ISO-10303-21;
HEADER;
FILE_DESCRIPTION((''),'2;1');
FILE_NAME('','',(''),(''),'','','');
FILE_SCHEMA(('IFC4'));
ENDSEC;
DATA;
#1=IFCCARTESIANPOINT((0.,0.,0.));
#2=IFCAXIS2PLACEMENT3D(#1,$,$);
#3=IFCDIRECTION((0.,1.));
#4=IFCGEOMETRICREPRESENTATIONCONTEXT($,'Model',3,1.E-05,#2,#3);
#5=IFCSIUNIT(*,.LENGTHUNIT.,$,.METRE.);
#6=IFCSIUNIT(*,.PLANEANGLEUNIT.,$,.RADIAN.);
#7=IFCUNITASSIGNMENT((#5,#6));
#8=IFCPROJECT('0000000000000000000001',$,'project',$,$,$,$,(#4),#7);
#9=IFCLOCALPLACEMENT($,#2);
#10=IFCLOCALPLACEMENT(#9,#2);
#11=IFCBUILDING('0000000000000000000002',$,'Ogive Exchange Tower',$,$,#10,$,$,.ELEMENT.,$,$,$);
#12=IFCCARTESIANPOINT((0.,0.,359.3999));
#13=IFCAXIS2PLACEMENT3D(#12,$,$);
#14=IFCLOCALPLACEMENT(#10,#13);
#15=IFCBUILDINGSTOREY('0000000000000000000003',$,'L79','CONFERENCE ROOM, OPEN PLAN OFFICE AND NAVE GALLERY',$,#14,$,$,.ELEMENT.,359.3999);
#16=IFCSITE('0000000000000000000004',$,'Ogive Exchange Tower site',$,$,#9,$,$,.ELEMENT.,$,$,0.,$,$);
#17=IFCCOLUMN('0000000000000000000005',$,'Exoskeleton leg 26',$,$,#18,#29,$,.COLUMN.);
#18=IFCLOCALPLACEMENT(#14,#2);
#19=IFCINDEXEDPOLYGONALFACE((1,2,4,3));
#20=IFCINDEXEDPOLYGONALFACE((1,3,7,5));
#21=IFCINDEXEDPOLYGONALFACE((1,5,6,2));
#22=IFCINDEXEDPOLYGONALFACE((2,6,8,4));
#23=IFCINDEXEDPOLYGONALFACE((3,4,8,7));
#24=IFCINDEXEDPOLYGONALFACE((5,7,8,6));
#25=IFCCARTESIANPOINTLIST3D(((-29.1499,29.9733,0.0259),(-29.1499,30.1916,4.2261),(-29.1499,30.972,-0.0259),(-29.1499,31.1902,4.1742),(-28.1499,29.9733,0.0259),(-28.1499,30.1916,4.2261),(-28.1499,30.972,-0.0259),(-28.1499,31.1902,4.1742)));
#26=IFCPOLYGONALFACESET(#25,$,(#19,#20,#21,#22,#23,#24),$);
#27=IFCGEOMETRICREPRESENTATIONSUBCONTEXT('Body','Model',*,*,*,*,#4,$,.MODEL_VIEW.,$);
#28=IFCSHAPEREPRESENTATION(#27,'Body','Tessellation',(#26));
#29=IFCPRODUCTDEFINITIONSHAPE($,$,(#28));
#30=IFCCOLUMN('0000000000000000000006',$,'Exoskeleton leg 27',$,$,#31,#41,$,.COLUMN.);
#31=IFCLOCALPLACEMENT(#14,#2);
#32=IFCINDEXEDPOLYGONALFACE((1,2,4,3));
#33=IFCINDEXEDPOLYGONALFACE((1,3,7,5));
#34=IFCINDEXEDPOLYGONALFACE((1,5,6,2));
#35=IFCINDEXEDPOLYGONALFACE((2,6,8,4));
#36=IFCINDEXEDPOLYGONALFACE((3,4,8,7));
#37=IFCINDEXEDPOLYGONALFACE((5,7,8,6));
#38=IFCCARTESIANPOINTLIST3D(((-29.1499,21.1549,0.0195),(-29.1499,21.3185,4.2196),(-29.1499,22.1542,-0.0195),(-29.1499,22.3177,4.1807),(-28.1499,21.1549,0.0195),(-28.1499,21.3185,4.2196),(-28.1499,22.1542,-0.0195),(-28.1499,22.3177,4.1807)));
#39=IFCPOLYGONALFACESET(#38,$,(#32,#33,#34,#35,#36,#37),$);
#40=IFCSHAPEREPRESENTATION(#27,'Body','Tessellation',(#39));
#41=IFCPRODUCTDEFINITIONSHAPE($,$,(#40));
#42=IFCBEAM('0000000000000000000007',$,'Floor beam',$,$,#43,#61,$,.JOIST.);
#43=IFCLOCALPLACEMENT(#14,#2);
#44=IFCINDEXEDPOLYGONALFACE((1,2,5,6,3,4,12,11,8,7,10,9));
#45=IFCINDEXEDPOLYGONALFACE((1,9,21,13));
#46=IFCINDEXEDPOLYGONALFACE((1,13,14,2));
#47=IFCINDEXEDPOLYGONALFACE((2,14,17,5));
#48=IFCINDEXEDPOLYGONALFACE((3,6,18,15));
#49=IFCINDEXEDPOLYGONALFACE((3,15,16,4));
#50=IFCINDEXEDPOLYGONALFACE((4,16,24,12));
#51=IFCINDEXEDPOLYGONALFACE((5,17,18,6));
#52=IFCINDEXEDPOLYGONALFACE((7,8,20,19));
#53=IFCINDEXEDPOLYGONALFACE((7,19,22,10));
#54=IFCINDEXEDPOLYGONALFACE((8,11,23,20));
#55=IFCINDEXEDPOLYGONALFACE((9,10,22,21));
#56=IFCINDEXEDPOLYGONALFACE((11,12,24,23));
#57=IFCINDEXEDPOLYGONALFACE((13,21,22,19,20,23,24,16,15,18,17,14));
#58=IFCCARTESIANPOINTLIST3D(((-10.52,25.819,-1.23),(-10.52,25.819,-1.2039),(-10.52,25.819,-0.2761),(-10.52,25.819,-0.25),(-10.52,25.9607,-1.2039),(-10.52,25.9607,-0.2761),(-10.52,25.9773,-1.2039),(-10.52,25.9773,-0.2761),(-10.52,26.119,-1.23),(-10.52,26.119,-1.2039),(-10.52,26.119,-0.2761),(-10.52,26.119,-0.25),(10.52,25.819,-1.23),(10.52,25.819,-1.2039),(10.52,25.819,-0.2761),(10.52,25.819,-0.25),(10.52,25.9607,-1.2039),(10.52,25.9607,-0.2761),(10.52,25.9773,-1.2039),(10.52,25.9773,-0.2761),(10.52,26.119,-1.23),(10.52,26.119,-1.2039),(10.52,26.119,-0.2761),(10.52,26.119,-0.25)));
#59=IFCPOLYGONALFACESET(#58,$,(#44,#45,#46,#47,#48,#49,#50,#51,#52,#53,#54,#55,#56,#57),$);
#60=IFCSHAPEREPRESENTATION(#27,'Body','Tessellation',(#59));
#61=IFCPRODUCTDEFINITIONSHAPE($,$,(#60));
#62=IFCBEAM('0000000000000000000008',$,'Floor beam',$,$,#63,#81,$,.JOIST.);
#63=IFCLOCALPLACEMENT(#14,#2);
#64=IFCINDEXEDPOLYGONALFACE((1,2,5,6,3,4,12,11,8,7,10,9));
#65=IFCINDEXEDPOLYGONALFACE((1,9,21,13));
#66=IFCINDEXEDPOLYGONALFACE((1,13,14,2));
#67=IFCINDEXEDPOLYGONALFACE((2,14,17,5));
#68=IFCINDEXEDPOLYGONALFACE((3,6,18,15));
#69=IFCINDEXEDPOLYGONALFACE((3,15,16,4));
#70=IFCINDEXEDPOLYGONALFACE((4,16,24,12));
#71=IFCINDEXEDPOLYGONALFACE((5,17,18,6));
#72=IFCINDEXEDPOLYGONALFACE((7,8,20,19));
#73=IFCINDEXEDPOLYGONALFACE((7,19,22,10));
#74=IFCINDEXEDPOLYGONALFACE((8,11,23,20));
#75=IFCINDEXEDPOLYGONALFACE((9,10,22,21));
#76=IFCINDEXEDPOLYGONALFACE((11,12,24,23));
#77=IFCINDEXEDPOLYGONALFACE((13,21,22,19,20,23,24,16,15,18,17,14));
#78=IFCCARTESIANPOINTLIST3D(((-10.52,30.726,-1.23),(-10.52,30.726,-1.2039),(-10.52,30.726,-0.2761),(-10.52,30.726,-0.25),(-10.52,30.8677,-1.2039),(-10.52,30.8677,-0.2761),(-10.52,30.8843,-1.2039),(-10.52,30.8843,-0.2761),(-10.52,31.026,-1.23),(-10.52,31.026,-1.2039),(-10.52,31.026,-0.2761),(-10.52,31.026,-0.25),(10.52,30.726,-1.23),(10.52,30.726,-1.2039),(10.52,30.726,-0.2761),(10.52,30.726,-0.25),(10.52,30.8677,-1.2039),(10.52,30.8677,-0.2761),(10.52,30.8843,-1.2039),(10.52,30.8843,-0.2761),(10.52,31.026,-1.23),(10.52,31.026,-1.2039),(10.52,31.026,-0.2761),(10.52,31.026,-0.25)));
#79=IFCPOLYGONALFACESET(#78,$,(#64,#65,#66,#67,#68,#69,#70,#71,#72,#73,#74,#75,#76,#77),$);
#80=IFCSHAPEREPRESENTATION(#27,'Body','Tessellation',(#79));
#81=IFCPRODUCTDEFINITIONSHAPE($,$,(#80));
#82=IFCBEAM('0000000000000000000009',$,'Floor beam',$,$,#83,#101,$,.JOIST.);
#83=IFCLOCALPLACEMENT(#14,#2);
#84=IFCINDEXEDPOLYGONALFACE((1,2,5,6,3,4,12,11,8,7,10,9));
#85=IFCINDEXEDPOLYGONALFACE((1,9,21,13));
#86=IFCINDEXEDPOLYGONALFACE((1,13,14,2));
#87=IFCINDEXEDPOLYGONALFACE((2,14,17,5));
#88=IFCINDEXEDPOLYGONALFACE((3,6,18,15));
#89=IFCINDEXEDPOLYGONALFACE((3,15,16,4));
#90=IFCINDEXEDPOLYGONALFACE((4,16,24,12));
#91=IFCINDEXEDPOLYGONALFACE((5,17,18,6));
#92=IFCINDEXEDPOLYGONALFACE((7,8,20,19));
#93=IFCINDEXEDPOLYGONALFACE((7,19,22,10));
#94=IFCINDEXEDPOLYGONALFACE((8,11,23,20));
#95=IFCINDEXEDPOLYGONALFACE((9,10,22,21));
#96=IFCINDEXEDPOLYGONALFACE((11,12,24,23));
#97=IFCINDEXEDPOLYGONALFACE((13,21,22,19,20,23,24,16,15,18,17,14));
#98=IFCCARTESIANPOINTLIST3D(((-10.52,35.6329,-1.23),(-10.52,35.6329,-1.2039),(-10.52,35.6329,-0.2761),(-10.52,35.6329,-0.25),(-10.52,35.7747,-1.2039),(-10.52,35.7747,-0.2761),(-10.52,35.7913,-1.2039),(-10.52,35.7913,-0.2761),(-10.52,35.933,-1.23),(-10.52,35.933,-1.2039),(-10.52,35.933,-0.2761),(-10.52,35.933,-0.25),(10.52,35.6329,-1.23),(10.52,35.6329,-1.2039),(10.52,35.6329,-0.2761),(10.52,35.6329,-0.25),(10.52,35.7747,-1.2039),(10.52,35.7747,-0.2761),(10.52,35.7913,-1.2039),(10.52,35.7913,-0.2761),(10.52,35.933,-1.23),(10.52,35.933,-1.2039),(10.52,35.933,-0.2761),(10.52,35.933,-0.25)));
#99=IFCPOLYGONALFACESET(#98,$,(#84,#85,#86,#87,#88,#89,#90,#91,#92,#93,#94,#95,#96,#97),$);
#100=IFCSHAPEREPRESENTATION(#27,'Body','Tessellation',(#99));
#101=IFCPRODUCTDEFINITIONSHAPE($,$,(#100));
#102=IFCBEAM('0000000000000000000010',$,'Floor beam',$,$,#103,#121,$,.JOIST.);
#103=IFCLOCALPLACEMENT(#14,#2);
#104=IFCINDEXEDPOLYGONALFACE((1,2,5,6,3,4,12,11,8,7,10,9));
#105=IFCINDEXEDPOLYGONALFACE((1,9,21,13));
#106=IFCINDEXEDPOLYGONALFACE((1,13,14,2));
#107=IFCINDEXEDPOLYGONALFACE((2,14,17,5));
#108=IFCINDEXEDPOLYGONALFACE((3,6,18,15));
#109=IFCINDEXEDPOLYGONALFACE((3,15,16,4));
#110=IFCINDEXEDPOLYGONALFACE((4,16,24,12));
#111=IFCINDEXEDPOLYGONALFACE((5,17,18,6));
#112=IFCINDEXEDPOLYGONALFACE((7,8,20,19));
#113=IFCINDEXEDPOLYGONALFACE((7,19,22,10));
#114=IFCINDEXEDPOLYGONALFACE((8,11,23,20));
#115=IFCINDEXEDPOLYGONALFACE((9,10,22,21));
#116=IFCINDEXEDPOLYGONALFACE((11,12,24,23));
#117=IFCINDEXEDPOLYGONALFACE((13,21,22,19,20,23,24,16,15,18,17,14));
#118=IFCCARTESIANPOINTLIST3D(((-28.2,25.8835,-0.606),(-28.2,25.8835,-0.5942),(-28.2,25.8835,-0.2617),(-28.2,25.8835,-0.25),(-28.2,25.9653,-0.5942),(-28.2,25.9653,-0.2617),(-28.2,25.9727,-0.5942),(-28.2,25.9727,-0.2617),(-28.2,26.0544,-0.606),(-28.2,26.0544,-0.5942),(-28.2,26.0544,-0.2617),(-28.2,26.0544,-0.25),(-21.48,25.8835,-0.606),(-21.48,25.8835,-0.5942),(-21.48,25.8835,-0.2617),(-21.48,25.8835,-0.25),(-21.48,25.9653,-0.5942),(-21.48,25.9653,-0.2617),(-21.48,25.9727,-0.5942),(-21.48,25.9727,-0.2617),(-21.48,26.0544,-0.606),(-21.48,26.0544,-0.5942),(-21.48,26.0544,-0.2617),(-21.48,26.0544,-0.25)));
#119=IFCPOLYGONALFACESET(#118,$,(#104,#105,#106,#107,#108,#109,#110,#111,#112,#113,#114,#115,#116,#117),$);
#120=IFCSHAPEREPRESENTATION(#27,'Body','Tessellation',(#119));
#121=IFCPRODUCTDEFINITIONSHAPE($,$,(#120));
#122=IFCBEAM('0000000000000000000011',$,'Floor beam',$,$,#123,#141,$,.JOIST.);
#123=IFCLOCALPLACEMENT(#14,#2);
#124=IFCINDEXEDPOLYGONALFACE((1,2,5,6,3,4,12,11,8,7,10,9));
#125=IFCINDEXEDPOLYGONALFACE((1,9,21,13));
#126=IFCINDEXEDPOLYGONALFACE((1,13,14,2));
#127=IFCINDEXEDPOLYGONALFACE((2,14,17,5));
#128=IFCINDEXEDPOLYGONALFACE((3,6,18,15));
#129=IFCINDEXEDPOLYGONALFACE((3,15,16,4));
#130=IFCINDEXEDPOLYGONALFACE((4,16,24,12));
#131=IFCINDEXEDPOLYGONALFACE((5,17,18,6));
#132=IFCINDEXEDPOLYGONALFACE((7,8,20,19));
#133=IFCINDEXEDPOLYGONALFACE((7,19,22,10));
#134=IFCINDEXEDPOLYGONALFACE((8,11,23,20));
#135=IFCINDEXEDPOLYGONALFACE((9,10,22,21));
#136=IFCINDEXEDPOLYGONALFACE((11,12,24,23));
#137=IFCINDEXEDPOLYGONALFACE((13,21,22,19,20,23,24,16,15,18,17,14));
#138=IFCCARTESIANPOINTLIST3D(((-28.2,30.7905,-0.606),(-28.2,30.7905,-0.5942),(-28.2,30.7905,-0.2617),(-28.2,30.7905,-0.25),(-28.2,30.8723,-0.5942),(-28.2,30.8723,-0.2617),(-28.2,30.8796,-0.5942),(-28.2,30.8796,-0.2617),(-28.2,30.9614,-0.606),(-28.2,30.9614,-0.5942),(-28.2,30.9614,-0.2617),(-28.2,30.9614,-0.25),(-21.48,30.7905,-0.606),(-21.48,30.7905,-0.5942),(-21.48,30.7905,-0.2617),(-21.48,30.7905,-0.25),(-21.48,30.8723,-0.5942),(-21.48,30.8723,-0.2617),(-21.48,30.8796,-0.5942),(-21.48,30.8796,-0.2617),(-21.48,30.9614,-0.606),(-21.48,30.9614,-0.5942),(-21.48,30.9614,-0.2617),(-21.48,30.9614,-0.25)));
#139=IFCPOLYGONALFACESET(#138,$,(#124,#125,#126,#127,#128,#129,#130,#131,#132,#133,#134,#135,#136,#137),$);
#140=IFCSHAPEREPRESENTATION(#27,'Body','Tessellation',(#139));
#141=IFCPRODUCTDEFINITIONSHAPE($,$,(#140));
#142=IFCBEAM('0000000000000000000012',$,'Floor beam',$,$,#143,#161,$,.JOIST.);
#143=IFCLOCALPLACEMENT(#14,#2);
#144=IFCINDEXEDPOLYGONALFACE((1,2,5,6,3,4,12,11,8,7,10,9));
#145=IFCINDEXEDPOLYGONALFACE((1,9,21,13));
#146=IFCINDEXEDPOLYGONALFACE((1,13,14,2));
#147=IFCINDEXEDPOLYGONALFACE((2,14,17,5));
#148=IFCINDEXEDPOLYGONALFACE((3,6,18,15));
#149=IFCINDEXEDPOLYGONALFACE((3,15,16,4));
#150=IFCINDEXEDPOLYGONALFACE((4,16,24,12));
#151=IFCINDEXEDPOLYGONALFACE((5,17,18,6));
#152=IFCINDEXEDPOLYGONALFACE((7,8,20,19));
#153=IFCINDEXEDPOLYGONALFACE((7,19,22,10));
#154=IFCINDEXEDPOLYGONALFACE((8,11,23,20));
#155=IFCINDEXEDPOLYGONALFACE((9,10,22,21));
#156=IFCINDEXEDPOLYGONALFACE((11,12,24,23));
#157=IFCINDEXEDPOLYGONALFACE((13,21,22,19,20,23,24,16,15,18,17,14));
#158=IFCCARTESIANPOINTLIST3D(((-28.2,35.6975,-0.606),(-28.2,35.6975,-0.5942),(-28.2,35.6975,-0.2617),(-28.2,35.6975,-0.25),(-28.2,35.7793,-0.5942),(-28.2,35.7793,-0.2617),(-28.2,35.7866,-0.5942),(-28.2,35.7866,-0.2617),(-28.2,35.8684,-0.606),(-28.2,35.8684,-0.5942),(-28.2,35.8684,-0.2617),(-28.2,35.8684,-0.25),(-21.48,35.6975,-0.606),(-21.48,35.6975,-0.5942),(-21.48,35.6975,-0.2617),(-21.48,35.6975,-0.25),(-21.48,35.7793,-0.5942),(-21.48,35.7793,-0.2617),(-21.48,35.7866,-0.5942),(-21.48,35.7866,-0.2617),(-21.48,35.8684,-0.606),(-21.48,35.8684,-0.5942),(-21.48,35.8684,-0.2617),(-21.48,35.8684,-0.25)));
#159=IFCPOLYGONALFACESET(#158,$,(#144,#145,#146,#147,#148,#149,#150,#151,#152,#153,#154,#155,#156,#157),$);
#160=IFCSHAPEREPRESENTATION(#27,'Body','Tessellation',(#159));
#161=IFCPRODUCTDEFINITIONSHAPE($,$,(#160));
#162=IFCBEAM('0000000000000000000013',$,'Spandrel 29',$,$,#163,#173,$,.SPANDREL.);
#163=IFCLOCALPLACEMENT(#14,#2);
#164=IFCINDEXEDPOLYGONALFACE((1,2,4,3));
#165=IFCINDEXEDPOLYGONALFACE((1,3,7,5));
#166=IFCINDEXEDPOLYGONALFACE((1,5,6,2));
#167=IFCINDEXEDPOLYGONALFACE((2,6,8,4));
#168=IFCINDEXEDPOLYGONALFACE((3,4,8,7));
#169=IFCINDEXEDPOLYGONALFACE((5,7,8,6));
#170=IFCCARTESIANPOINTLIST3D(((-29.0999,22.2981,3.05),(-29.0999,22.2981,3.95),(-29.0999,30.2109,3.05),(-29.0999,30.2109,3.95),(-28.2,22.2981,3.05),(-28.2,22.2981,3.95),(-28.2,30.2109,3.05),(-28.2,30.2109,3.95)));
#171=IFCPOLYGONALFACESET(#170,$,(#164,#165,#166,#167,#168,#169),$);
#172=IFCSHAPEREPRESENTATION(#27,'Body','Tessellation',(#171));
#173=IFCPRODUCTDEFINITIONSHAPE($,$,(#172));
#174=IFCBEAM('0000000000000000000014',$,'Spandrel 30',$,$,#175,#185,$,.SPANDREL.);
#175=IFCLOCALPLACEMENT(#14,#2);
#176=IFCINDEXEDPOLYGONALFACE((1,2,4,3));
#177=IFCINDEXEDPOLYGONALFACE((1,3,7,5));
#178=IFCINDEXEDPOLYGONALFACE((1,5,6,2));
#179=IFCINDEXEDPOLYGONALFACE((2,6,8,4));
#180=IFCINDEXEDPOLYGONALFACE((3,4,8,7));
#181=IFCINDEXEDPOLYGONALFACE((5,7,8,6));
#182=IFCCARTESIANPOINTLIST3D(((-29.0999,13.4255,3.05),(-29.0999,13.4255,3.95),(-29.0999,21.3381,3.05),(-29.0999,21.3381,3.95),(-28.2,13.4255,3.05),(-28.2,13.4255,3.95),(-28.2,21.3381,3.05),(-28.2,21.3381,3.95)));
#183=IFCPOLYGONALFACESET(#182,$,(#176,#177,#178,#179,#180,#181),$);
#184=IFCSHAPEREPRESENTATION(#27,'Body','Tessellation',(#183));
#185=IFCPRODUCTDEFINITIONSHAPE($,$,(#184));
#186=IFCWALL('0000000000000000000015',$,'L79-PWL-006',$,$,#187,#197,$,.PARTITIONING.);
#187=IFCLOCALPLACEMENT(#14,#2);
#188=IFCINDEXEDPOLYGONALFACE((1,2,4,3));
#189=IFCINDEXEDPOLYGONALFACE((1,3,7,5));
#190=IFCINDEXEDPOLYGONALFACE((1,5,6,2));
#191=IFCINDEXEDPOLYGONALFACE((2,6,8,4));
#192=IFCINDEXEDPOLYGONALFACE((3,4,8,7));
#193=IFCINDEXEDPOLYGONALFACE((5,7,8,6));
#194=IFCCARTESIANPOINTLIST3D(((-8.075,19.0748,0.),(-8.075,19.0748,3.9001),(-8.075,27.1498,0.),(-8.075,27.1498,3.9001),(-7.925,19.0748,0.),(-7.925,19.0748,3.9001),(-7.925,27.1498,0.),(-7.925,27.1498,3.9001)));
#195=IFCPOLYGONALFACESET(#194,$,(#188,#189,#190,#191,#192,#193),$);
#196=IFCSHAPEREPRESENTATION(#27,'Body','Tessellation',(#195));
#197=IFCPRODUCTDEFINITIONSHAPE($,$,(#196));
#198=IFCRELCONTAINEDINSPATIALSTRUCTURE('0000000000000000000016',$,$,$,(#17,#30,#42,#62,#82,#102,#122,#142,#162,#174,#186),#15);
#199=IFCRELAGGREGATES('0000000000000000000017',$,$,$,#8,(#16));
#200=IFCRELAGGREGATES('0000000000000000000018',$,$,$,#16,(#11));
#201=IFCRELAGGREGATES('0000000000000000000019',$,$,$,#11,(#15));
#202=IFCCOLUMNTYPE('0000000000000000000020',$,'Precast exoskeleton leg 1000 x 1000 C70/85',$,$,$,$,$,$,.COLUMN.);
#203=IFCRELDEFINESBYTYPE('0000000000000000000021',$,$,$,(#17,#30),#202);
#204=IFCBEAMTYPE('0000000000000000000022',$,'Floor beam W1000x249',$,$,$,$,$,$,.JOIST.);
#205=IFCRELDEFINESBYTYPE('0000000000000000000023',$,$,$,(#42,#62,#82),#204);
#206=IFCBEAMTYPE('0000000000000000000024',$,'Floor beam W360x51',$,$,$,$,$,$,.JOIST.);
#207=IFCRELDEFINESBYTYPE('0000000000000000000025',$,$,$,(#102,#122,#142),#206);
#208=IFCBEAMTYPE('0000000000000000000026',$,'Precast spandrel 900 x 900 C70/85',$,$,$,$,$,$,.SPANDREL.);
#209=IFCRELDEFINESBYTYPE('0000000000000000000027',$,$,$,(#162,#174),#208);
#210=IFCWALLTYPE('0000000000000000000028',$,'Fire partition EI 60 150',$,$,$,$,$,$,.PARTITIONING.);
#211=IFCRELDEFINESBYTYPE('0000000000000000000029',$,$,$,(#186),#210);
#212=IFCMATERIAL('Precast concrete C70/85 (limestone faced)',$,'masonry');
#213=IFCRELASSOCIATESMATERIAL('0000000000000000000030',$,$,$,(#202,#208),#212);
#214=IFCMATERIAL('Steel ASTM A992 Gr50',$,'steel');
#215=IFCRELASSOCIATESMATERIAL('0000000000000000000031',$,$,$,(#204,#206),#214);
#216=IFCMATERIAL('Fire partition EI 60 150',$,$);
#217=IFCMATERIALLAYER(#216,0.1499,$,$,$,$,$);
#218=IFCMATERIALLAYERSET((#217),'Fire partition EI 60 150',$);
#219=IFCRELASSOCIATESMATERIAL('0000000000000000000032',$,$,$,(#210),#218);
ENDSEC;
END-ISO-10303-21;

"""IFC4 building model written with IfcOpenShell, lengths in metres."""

from ifc_helpers import new_model, si_unit, direction, frame, frame_2d, origin, origin_2d, place, context, subcontext, project, spatial, rectangle, i_section, extrude, material, layer, layer_set, material_profile, profile_set, type_object, element, save


model = new_model("IFC4")

# Units and contexts
model_context = context("Model", 3, precision=1e-05, world=origin(), true_north=direction((0.0, 1.0)))
body_context = subcontext(model_context, "Body", "Model", "MODEL_VIEW")
ifc_project = project(units=[si_unit("LENGTHUNIT", "METRE"), si_unit("PLANEANGLEUNIT", "RADIAN")], contexts=[model_context])

# Site, building, storey
site_placement = place(None, origin())
site = spatial("IfcSite", under=ifc_project, at=site_placement, Name="Ogive Exchange Tower site", CompositionType="ELEMENT", RefElevation=0.0)
building_placement = place(site_placement, origin())
building = spatial("IfcBuilding", under=site, at=building_placement, Name="Ogive Exchange Tower", CompositionType="ELEMENT")
storey_placement = place(building_placement, frame((0.0, 0.0, 359.3999)))
storey = spatial("IfcBuildingStorey", under=building, at=storey_placement, Name="L79", Description="CONFERENCE ROOM, OPEN PLAN OFFICE AND NAVE GALLERY", CompositionType="ELEMENT", Elevation=359.3999)

# Columns
ifc_material_1 = material(Name="Precast concrete C70/85 (limestone faced)", Category="masonry")
ifc_material_profile_1 = material_profile(ifc_material_1, rectangle(XDim=1.0, YDim=1.0, at=origin_2d()), Name="1000 x 1000")
ifc_profile_set_1 = profile_set([ifc_material_profile_1], Name="Precast concrete C70/85 (limestone faced)")
column_type = type_object("IfcColumnType", Name="Precast exoskeleton leg 1000 x 1000 C70/85", PredefinedType="COLUMN", material=ifc_profile_set_1)
column_1_placement = place(storey_placement, frame((-28.6499, 30.4727, 0.0), z_axis=(0.0, 0.051895, 0.998653), x_axis=(-1.0, 0.0, 0.0)))
element("IfcColumn", 1, at=column_1_placement, inside=storey, type_object=column_type, Name="Exoskeleton leg 26", PredefinedType="COLUMN", context=body_context, shape_type="SweptSolid", body=[
    extrude(rectangle(XDim=1.0, YDim=1.0, at=origin_2d()), origin(), (0.0, 0.0, 1.0), 4.2058),
])
column_2_placement = place(storey_placement, frame((-28.6499, 21.6545, 0.0), z_axis=(0.0, 0.038915, 0.999243), x_axis=(-1.0, 0.0, 0.0)))
element("IfcColumn", 2, at=column_2_placement, inside=storey, type_object=column_type, Name="Exoskeleton leg 27", PredefinedType="COLUMN", context=body_context, shape_type="SweptSolid", body=[
    extrude(rectangle(XDim=1.0, YDim=1.0, at=origin_2d()), origin(), (0.0, 0.0, 1.0), 4.2034),
])

# Beams
ifc_material_2 = material(Name="Steel ASTM A992 Gr50", Category="steel")
ifc_material_profile_2 = material_profile(ifc_material_2, i_section(OverallWidth=0.3, OverallDepth=0.98, WebThickness=0.0166, FlangeThickness=0.0261, at=origin_2d()), Name="W1000x249")
ifc_profile_set_2 = profile_set([ifc_material_profile_2], Name="Steel ASTM A992 Gr50")
beam_type_1 = type_object("IfcBeamType", Name="Floor beam W1000x249", PredefinedType="JOIST", material=ifc_profile_set_2)
for number, where, z_axis, x_axis, name in (
    (3, (-10.52, 25.969, -0.74), (1.0, 0.0, 0.0), (0.0, 1.0, 0.0), "Floor beam"),
    (4, (-10.52, 30.876, -0.74), (1.0, 0.0, 0.0), (0.0, 1.0, 0.0), "Floor beam"),
    (5, (-10.52, 35.783, -0.74), (1.0, 0.0, 0.0), (0.0, 1.0, 0.0), "Floor beam"),
):
    element("IfcBeam", number, at=place(storey_placement, frame(where, z_axis=z_axis, x_axis=x_axis)), inside=storey, type_object=beam_type_1, Name=name, PredefinedType="JOIST", context=body_context, shape_type="SweptSolid", body=[
        extrude(i_section(OverallWidth=0.3, OverallDepth=0.98, WebThickness=0.0166, FlangeThickness=0.0261, at=origin_2d()), origin(), (0.0, 0.0, 1.0), 21.04),
    ])
ifc_material_profile_3 = material_profile(ifc_material_2, i_section(OverallWidth=0.1709, OverallDepth=0.356, WebThickness=0.0073, FlangeThickness=0.0117, at=origin_2d()), Name="W360x51")
ifc_profile_set_3 = profile_set([ifc_material_profile_3], Name="Steel ASTM A992 Gr50")
beam_type_2 = type_object("IfcBeamType", Name="Floor beam W360x51", PredefinedType="JOIST", material=ifc_profile_set_3)
for number, where, z_axis, x_axis, name in (
    (6, (-28.2, 25.969, -0.428), (1.0, 0.0, 0.0), (0.0, 1.0, 0.0), "Floor beam"),
    (7, (-28.2, 30.876, -0.428), (1.0, 0.0, 0.0), (0.0, 1.0, 0.0), "Floor beam"),
    (8, (-28.2, 35.783, -0.428), (1.0, 0.0, 0.0), (0.0, 1.0, 0.0), "Floor beam"),
):
    element("IfcBeam", number, at=place(storey_placement, frame(where, z_axis=z_axis, x_axis=x_axis)), inside=storey, type_object=beam_type_2, Name=name, PredefinedType="JOIST", context=body_context, shape_type="SweptSolid", body=[
        extrude(i_section(OverallWidth=0.1709, OverallDepth=0.356, WebThickness=0.0073, FlangeThickness=0.0117, at=origin_2d()), origin(), (0.0, 0.0, 1.0), 6.72),
    ])
ifc_material_profile_4 = material_profile(ifc_material_1, rectangle(XDim=0.8999, YDim=0.8999, at=origin_2d()), Name="900 x 900")
ifc_profile_set_4 = profile_set([ifc_material_profile_4], Name="Precast concrete C70/85 (limestone faced)")
beam_type_3 = type_object("IfcBeamType", Name="Precast spandrel 900 x 900 C70/85", PredefinedType="SPANDREL", material=ifc_profile_set_4)
beam_1_placement = place(storey_placement, frame((-28.6499, 30.2109, 3.5), z_axis=(0.0, -1.0, 0.0), x_axis=(1.0, 0.0, 0.0)))
element("IfcBeam", 9, at=beam_1_placement, inside=storey, type_object=beam_type_3, Name="Spandrel 29", PredefinedType="SPANDREL", context=body_context, shape_type="SweptSolid", body=[
    extrude(rectangle(XDim=0.8999, YDim=0.8999, at=origin_2d()), origin(), (0.0, 0.0, 1.0), 7.9128),
])
beam_2_placement = place(storey_placement, frame((-28.6499, 21.3381, 3.5), z_axis=(0.0, -1.0, 0.0), x_axis=(1.0, 0.0, 0.0)))
element("IfcBeam", 10, at=beam_2_placement, inside=storey, type_object=beam_type_3, Name="Spandrel 30", PredefinedType="SPANDREL", context=body_context, shape_type="SweptSolid", body=[
    extrude(rectangle(XDim=0.8999, YDim=0.8999, at=origin_2d()), origin(), (0.0, 0.0, 1.0), 7.9126),
])

# Wall
ifc_material_3 = material(Name="Fire partition EI 60 150")
ifc_layer_1 = layer(ifc_material_3, 0.1499)
ifc_layer_set_1 = layer_set([ifc_layer_1], Name="Fire partition EI 60 150")
wall_type_1 = type_object("IfcWallType", Name="Fire partition EI 60 150", PredefinedType="PARTITIONING", material=ifc_layer_set_1)
wall_1_placement = place(storey_placement, frame((-8.0, 27.1499, 0.0), z_axis=(0.0, 0.0, 1.0), x_axis=(0.0, -1.0, 0.0)))
element("IfcWall", 11, at=wall_1_placement, inside=storey, type_object=wall_type_1, Name="L79-PWL-006", PredefinedType="PARTITIONING", context=body_context, shape_type="SweptSolid", body=[
    extrude(rectangle(XDim=8.075, YDim=0.1499, at=frame_2d((4.0376, 0.0))), origin(), (0.0, 0.0, 1.0), 3.9001),
])

save(model, "model.ifc")
